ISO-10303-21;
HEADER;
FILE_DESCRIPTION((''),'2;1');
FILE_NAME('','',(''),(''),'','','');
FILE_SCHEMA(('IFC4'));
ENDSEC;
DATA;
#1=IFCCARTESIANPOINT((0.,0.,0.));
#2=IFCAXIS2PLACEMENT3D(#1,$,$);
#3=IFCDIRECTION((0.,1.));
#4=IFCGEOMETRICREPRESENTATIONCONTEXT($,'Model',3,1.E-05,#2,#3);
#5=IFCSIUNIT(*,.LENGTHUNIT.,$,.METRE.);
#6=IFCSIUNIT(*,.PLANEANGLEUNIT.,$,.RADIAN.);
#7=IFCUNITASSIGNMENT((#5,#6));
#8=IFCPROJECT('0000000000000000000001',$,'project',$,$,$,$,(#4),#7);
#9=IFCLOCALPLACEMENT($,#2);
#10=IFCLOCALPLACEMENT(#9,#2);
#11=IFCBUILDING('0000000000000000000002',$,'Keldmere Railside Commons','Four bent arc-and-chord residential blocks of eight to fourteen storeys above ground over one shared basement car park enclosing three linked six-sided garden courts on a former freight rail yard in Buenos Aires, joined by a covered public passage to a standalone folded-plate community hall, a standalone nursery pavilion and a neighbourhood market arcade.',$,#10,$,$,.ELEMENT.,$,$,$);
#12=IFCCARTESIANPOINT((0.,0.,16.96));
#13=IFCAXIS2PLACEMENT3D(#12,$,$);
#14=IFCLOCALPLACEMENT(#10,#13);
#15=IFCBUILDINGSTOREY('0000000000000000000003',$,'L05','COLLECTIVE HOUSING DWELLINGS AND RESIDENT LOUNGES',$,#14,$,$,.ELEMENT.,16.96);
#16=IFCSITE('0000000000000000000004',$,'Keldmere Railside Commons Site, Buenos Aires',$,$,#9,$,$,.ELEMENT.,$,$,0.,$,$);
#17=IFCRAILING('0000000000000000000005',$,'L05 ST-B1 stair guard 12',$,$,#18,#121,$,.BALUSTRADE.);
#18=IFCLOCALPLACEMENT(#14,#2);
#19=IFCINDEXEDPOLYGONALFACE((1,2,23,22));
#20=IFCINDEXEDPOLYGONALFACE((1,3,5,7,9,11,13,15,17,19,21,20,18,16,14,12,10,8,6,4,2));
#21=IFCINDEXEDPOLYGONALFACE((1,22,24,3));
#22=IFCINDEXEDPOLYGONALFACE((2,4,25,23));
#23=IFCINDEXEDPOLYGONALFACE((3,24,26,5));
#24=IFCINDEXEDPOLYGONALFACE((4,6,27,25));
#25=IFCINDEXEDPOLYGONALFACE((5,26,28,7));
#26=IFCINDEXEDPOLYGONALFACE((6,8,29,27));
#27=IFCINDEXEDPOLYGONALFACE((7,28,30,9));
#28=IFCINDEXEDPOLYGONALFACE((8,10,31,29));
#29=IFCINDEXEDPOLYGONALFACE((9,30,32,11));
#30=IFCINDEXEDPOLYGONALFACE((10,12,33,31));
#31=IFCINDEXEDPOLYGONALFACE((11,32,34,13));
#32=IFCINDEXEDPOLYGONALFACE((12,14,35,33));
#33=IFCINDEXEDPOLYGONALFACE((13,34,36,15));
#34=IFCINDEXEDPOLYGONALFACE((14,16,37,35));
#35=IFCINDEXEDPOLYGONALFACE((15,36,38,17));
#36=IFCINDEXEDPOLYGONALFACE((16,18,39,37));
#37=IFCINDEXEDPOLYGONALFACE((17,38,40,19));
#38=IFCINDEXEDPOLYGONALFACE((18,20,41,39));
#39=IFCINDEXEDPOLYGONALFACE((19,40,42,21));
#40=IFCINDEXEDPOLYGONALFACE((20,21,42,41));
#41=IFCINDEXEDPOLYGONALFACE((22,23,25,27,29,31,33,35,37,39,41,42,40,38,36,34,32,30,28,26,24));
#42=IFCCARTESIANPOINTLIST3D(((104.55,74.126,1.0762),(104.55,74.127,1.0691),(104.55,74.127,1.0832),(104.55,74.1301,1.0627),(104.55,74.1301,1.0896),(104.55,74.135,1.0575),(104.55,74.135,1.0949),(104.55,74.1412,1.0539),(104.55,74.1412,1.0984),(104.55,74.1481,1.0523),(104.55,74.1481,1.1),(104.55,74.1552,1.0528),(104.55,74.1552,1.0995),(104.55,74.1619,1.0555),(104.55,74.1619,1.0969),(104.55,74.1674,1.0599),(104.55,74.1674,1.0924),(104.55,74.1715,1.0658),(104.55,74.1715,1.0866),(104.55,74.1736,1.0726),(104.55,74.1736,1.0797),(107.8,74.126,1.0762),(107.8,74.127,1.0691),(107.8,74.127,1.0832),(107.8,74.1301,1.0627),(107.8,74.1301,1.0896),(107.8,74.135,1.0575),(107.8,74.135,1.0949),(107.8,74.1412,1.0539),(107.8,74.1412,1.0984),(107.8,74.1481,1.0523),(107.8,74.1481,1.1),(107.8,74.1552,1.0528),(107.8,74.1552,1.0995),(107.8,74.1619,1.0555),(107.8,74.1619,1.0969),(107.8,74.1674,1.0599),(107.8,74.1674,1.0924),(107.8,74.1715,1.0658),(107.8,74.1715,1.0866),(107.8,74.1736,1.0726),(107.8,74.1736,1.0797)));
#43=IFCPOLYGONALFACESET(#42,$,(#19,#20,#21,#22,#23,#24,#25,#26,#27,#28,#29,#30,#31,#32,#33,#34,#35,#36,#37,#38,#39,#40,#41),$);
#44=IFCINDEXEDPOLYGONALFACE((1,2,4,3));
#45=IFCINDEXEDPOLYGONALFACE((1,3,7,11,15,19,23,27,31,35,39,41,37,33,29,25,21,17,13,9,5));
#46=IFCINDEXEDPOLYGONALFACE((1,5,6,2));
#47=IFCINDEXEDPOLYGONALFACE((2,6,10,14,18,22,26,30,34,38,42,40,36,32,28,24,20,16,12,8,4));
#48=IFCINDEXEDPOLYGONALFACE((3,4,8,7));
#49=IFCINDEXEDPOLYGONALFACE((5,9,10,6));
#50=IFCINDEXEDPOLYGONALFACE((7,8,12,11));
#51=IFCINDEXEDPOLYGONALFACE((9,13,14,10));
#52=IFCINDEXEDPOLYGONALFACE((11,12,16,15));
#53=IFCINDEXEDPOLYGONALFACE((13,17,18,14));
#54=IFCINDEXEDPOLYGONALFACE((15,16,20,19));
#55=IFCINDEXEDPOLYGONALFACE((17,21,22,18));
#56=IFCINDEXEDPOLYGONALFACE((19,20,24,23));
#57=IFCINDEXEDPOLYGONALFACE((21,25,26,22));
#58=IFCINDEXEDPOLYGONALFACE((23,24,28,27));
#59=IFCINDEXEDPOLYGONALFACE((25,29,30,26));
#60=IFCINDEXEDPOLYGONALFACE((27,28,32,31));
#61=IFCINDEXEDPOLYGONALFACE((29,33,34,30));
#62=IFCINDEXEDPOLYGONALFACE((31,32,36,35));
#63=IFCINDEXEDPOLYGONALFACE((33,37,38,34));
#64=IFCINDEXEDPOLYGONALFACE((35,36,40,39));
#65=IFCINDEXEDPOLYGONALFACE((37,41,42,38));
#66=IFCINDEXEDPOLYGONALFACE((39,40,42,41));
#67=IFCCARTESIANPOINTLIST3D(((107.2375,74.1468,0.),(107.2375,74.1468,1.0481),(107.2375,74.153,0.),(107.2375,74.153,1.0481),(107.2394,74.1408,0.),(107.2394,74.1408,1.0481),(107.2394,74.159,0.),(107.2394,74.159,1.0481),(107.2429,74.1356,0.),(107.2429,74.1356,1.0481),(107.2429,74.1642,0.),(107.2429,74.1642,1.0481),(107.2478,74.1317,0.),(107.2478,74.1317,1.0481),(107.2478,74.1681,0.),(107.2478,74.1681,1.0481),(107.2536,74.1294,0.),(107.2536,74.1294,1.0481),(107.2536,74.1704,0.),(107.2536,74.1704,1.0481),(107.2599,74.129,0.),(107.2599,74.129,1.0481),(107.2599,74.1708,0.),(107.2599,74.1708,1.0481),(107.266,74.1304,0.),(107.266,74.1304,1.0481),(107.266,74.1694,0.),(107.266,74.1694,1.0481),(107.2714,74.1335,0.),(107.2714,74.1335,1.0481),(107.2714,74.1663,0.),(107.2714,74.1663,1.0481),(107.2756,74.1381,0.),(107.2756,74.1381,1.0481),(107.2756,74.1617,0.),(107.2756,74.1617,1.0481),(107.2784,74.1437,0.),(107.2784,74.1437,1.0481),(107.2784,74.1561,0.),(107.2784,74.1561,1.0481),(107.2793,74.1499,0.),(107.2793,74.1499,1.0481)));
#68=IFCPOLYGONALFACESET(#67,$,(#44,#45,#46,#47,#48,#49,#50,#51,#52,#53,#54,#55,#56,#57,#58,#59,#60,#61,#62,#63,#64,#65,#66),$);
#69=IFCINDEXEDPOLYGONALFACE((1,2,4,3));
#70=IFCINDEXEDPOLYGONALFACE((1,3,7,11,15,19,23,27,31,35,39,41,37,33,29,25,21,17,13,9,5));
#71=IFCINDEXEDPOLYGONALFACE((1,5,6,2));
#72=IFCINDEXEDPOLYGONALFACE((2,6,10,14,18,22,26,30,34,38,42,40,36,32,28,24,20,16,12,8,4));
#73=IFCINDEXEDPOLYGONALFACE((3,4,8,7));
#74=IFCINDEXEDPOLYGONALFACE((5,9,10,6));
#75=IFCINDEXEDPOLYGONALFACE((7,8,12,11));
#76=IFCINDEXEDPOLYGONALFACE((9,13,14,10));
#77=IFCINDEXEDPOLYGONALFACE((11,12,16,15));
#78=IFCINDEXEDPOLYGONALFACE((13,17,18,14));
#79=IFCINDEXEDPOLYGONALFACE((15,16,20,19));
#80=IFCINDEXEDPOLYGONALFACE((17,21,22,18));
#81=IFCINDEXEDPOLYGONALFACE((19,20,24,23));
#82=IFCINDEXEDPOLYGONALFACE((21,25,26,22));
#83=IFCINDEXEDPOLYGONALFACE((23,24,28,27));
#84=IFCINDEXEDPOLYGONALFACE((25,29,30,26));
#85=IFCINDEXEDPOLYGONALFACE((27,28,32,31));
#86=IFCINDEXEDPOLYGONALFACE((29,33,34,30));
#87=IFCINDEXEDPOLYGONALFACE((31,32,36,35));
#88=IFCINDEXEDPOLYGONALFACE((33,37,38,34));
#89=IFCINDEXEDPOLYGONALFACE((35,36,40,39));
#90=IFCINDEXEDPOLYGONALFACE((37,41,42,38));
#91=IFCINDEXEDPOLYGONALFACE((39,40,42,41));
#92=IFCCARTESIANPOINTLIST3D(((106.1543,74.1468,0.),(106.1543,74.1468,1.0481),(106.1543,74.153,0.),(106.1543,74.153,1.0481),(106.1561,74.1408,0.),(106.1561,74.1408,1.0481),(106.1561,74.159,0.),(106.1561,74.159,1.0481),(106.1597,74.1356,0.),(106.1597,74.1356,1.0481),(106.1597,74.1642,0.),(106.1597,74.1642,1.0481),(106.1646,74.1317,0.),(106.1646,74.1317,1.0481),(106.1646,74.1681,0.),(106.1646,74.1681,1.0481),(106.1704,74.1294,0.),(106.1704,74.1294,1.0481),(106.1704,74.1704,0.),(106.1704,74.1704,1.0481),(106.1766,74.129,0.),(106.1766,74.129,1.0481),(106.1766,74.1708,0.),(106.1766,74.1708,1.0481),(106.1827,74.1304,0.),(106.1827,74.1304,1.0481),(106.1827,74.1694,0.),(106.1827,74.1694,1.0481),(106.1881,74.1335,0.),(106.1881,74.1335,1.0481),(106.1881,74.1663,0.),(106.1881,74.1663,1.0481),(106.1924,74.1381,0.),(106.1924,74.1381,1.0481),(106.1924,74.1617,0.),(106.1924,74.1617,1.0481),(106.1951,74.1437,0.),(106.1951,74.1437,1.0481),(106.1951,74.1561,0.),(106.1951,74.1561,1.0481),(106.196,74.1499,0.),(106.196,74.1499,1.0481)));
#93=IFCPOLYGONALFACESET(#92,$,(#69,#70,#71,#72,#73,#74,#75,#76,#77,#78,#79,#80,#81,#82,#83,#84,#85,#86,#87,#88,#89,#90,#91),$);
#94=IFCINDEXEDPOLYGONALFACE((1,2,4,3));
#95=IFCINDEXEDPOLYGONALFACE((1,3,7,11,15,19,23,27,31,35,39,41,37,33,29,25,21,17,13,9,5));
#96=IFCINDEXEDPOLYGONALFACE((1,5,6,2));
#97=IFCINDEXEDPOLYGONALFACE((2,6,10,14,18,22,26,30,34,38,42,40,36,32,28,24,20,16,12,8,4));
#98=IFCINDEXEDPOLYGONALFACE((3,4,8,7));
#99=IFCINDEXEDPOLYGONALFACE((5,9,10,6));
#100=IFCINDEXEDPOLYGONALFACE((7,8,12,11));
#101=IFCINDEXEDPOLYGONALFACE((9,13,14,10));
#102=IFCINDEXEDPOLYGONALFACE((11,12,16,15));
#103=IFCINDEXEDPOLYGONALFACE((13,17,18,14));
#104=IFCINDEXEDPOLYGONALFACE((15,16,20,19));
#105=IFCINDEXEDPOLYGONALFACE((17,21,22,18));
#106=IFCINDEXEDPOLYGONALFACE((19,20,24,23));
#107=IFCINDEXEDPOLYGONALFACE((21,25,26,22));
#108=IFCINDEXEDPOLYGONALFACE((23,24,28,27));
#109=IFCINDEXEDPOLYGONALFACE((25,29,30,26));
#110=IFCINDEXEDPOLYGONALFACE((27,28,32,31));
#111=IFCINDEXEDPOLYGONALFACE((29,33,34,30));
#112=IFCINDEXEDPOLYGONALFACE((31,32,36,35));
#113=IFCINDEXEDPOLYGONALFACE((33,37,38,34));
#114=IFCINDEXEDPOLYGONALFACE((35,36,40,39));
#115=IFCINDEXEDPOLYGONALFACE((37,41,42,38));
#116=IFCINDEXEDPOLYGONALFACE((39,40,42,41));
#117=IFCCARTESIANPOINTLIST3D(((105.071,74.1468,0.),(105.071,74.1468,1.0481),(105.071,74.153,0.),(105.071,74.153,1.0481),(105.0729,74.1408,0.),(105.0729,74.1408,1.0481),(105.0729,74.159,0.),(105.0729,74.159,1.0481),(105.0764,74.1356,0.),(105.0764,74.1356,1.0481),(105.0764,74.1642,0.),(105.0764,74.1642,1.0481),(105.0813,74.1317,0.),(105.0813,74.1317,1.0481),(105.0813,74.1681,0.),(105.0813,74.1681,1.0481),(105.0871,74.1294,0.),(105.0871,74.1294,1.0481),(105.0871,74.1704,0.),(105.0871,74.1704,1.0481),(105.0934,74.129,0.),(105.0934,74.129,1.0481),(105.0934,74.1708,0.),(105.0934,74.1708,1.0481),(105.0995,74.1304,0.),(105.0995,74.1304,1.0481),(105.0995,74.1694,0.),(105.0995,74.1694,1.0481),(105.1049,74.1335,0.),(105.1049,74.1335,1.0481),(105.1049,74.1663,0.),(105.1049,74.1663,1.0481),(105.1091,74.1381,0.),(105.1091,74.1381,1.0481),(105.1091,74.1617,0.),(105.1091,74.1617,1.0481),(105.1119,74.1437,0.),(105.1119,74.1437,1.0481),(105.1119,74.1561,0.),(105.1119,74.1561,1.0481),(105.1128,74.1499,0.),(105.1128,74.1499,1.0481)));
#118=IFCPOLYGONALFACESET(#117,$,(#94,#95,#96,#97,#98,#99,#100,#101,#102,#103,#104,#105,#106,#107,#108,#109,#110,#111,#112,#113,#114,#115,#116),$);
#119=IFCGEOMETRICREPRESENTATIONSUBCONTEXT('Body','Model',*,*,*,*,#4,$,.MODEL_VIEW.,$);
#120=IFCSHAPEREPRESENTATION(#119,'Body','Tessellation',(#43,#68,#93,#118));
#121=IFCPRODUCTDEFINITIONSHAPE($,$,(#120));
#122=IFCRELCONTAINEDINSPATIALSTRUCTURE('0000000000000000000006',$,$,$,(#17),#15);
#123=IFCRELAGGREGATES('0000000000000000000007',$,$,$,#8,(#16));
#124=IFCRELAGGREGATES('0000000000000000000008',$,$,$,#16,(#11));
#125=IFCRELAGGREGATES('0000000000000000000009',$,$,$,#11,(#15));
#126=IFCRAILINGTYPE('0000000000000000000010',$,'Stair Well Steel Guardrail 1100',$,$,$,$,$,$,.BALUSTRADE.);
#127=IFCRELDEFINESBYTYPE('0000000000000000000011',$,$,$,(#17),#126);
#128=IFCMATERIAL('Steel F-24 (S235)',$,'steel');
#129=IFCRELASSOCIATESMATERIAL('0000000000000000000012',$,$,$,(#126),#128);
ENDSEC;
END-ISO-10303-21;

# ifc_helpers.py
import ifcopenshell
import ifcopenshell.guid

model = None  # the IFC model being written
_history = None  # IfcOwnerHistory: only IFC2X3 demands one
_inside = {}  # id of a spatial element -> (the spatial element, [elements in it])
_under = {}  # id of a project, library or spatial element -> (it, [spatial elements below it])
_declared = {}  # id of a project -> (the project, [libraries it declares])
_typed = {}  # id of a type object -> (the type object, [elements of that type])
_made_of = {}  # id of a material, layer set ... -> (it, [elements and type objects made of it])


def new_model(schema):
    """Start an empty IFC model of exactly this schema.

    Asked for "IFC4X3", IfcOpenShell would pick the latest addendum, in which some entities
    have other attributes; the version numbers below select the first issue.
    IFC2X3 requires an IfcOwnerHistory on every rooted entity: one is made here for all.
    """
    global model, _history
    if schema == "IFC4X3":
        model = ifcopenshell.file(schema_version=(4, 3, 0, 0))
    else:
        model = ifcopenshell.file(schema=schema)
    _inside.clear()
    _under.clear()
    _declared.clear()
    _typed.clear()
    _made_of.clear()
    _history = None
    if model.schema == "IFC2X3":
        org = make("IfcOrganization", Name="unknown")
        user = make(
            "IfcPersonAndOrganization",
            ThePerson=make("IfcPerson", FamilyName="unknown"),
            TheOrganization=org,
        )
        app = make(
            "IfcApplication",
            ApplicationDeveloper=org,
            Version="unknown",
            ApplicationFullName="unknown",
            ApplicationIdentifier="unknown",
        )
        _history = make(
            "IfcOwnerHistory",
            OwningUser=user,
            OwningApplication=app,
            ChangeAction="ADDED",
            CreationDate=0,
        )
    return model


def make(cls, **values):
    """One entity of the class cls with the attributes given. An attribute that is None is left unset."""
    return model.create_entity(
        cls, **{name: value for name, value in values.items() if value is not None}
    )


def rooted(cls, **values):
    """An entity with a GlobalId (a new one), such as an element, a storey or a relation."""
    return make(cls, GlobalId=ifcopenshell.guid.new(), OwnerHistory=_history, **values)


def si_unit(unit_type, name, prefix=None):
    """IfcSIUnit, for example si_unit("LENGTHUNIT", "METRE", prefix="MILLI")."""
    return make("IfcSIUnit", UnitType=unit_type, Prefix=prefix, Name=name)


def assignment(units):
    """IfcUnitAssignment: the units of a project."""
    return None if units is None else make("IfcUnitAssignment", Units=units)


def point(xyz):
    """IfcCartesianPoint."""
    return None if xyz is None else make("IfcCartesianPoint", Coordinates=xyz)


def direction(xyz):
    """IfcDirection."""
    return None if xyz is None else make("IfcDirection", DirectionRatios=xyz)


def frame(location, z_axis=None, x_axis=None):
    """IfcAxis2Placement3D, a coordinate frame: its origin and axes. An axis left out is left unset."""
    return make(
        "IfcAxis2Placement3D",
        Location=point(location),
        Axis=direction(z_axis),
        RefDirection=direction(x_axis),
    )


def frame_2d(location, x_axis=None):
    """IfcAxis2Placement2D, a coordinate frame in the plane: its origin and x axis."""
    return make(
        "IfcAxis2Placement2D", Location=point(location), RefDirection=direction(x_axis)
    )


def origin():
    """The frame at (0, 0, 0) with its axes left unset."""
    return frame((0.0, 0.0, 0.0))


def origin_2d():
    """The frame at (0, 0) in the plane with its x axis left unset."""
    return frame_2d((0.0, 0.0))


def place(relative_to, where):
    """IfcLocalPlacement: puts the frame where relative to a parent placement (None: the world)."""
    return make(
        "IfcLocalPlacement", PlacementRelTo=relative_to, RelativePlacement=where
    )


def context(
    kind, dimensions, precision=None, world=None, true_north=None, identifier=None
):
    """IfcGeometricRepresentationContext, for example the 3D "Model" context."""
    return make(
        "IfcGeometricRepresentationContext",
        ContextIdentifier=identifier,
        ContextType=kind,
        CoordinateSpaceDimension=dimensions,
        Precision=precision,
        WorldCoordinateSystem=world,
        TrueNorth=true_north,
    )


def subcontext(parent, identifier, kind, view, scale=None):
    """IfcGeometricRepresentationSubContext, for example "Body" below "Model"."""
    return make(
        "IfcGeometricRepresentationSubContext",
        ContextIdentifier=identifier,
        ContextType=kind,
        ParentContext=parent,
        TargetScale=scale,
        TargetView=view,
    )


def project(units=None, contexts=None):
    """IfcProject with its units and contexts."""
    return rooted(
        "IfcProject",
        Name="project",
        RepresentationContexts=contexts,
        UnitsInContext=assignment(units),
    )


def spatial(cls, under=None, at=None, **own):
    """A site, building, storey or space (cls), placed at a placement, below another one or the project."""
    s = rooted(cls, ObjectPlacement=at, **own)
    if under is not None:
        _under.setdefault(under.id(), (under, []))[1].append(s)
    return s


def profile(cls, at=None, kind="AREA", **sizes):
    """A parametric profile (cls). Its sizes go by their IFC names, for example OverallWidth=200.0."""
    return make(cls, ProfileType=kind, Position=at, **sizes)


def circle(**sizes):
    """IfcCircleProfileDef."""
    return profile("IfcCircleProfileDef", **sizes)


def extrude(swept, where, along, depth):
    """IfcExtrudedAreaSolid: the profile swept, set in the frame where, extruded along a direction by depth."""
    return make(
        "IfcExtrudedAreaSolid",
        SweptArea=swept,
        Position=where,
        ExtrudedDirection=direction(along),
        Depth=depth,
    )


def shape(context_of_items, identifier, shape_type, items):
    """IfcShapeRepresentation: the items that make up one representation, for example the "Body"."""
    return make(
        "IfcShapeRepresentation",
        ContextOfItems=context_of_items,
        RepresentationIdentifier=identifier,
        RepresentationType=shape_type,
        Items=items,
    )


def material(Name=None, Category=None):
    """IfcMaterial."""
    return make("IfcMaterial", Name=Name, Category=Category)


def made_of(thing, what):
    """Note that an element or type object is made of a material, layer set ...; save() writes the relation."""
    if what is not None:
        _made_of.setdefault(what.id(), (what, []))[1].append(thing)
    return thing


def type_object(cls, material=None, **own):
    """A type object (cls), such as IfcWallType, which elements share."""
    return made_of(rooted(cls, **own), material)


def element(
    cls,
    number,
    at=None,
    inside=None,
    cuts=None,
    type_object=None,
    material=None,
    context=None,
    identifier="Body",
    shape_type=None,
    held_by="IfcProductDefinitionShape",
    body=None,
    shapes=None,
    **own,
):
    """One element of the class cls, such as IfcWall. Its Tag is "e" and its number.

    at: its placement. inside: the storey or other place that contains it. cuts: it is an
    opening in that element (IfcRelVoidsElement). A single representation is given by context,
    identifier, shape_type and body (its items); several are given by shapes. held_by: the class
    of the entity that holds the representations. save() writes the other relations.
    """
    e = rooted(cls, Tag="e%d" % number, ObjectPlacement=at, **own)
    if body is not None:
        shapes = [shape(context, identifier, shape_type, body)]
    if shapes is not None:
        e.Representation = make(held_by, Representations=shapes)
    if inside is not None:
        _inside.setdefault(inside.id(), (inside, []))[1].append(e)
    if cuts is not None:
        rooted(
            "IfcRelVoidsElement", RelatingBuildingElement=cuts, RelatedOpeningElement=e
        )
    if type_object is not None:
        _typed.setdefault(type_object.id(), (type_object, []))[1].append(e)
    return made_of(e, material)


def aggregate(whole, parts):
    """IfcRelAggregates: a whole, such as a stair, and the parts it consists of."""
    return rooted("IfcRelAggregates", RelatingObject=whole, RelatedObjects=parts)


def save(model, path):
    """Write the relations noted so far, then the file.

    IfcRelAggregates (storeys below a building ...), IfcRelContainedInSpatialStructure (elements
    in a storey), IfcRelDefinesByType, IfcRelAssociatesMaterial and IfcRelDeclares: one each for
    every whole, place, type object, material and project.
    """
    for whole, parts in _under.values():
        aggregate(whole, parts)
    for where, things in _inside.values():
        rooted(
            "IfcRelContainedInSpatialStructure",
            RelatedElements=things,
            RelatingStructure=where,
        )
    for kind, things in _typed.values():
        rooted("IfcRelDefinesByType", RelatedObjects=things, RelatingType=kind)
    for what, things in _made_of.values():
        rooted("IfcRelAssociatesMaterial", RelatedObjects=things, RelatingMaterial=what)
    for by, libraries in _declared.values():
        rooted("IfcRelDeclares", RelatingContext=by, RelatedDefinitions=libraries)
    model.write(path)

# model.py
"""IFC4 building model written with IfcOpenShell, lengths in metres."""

from ifc_helpers import new_model, si_unit, direction, frame, origin, origin_2d, place, context, subcontext, project, spatial, circle, extrude, material, type_object, element, save


model = new_model("IFC4")

# Units and contexts
model_context = context("Model", 3, precision=1e-05, world=origin(), true_north=direction((0.0, 1.0)))
body_context = subcontext(model_context, "Body", "Model", "MODEL_VIEW")
ifc_project = project(units=[si_unit("LENGTHUNIT", "METRE"), si_unit("PLANEANGLEUNIT", "RADIAN")], contexts=[model_context])

# Site, building, storey
site_placement = place(None, origin())
site = spatial("IfcSite", under=ifc_project, at=site_placement, Name="Keldmere Railside Commons Site, Buenos Aires", CompositionType="ELEMENT", RefElevation=0.0)
building_placement = place(site_placement, origin())
building = spatial("IfcBuilding", under=site, at=building_placement, Name="Keldmere Railside Commons", Description="Four bent arc-and-chord residential blocks of eight to fourteen storeys above ground over one shared basement car park enclosing three linked six-sided garden courts on a former freight rail yard in Buenos Aires, joined by a covered public passage to a standalone folded-plate community hall, a standalone nursery pavilion and a neighbourhood market arcade.", CompositionType="ELEMENT")
storey_placement = place(building_placement, frame((0.0, 0.0, 16.96)))
storey = spatial("IfcBuildingStorey", under=building, at=storey_placement, Name="L05", Description="COLLECTIVE HOUSING DWELLINGS AND RESIDENT LOUNGES", CompositionType="ELEMENT", Elevation=16.96)

# Railing
ifc_material_1 = material(Name="Steel F-24 (S235)", Category="steel")
railing_type_1 = type_object("IfcRailingType", Name="Stair Well Steel Guardrail 1100", PredefinedType="BALUSTRADE", material=ifc_material_1)
railing_1_placement = place(storey_placement, frame((107.8, 74.1499, 0.0)))
element("IfcRailing", 1, at=railing_1_placement, inside=storey, type_object=railing_type_1, Name="L05 ST-B1 stair guard 12", PredefinedType="BALUSTRADE", context=body_context, shape_type="SweptSolid", body=[
    extrude(circle(Radius=0.0239, at=origin_2d()), frame((0.0, 0.0, 1.0762), z_axis=(-1.0, 0.0, 0.0), x_axis=(0.0, -1.0, 0.0)), (0.0, 0.0, 1.0), 3.25),
    extrude(circle(Radius=0.021, at=origin_2d()), frame((-0.5417, 0.0, 0.0)), (0.0, 0.0, 1.0), 1.0481),
    extrude(circle(Radius=0.021, at=origin_2d()), frame((-1.625, 0.0, 0.0)), (0.0, 0.0, 1.0), 1.0481),
    extrude(circle(Radius=0.021, at=origin_2d()), frame((-2.7083, 0.0, 0.0)), (0.0, 0.0, 1.0), 1.0481),
])

save(model, "model.ifc")
